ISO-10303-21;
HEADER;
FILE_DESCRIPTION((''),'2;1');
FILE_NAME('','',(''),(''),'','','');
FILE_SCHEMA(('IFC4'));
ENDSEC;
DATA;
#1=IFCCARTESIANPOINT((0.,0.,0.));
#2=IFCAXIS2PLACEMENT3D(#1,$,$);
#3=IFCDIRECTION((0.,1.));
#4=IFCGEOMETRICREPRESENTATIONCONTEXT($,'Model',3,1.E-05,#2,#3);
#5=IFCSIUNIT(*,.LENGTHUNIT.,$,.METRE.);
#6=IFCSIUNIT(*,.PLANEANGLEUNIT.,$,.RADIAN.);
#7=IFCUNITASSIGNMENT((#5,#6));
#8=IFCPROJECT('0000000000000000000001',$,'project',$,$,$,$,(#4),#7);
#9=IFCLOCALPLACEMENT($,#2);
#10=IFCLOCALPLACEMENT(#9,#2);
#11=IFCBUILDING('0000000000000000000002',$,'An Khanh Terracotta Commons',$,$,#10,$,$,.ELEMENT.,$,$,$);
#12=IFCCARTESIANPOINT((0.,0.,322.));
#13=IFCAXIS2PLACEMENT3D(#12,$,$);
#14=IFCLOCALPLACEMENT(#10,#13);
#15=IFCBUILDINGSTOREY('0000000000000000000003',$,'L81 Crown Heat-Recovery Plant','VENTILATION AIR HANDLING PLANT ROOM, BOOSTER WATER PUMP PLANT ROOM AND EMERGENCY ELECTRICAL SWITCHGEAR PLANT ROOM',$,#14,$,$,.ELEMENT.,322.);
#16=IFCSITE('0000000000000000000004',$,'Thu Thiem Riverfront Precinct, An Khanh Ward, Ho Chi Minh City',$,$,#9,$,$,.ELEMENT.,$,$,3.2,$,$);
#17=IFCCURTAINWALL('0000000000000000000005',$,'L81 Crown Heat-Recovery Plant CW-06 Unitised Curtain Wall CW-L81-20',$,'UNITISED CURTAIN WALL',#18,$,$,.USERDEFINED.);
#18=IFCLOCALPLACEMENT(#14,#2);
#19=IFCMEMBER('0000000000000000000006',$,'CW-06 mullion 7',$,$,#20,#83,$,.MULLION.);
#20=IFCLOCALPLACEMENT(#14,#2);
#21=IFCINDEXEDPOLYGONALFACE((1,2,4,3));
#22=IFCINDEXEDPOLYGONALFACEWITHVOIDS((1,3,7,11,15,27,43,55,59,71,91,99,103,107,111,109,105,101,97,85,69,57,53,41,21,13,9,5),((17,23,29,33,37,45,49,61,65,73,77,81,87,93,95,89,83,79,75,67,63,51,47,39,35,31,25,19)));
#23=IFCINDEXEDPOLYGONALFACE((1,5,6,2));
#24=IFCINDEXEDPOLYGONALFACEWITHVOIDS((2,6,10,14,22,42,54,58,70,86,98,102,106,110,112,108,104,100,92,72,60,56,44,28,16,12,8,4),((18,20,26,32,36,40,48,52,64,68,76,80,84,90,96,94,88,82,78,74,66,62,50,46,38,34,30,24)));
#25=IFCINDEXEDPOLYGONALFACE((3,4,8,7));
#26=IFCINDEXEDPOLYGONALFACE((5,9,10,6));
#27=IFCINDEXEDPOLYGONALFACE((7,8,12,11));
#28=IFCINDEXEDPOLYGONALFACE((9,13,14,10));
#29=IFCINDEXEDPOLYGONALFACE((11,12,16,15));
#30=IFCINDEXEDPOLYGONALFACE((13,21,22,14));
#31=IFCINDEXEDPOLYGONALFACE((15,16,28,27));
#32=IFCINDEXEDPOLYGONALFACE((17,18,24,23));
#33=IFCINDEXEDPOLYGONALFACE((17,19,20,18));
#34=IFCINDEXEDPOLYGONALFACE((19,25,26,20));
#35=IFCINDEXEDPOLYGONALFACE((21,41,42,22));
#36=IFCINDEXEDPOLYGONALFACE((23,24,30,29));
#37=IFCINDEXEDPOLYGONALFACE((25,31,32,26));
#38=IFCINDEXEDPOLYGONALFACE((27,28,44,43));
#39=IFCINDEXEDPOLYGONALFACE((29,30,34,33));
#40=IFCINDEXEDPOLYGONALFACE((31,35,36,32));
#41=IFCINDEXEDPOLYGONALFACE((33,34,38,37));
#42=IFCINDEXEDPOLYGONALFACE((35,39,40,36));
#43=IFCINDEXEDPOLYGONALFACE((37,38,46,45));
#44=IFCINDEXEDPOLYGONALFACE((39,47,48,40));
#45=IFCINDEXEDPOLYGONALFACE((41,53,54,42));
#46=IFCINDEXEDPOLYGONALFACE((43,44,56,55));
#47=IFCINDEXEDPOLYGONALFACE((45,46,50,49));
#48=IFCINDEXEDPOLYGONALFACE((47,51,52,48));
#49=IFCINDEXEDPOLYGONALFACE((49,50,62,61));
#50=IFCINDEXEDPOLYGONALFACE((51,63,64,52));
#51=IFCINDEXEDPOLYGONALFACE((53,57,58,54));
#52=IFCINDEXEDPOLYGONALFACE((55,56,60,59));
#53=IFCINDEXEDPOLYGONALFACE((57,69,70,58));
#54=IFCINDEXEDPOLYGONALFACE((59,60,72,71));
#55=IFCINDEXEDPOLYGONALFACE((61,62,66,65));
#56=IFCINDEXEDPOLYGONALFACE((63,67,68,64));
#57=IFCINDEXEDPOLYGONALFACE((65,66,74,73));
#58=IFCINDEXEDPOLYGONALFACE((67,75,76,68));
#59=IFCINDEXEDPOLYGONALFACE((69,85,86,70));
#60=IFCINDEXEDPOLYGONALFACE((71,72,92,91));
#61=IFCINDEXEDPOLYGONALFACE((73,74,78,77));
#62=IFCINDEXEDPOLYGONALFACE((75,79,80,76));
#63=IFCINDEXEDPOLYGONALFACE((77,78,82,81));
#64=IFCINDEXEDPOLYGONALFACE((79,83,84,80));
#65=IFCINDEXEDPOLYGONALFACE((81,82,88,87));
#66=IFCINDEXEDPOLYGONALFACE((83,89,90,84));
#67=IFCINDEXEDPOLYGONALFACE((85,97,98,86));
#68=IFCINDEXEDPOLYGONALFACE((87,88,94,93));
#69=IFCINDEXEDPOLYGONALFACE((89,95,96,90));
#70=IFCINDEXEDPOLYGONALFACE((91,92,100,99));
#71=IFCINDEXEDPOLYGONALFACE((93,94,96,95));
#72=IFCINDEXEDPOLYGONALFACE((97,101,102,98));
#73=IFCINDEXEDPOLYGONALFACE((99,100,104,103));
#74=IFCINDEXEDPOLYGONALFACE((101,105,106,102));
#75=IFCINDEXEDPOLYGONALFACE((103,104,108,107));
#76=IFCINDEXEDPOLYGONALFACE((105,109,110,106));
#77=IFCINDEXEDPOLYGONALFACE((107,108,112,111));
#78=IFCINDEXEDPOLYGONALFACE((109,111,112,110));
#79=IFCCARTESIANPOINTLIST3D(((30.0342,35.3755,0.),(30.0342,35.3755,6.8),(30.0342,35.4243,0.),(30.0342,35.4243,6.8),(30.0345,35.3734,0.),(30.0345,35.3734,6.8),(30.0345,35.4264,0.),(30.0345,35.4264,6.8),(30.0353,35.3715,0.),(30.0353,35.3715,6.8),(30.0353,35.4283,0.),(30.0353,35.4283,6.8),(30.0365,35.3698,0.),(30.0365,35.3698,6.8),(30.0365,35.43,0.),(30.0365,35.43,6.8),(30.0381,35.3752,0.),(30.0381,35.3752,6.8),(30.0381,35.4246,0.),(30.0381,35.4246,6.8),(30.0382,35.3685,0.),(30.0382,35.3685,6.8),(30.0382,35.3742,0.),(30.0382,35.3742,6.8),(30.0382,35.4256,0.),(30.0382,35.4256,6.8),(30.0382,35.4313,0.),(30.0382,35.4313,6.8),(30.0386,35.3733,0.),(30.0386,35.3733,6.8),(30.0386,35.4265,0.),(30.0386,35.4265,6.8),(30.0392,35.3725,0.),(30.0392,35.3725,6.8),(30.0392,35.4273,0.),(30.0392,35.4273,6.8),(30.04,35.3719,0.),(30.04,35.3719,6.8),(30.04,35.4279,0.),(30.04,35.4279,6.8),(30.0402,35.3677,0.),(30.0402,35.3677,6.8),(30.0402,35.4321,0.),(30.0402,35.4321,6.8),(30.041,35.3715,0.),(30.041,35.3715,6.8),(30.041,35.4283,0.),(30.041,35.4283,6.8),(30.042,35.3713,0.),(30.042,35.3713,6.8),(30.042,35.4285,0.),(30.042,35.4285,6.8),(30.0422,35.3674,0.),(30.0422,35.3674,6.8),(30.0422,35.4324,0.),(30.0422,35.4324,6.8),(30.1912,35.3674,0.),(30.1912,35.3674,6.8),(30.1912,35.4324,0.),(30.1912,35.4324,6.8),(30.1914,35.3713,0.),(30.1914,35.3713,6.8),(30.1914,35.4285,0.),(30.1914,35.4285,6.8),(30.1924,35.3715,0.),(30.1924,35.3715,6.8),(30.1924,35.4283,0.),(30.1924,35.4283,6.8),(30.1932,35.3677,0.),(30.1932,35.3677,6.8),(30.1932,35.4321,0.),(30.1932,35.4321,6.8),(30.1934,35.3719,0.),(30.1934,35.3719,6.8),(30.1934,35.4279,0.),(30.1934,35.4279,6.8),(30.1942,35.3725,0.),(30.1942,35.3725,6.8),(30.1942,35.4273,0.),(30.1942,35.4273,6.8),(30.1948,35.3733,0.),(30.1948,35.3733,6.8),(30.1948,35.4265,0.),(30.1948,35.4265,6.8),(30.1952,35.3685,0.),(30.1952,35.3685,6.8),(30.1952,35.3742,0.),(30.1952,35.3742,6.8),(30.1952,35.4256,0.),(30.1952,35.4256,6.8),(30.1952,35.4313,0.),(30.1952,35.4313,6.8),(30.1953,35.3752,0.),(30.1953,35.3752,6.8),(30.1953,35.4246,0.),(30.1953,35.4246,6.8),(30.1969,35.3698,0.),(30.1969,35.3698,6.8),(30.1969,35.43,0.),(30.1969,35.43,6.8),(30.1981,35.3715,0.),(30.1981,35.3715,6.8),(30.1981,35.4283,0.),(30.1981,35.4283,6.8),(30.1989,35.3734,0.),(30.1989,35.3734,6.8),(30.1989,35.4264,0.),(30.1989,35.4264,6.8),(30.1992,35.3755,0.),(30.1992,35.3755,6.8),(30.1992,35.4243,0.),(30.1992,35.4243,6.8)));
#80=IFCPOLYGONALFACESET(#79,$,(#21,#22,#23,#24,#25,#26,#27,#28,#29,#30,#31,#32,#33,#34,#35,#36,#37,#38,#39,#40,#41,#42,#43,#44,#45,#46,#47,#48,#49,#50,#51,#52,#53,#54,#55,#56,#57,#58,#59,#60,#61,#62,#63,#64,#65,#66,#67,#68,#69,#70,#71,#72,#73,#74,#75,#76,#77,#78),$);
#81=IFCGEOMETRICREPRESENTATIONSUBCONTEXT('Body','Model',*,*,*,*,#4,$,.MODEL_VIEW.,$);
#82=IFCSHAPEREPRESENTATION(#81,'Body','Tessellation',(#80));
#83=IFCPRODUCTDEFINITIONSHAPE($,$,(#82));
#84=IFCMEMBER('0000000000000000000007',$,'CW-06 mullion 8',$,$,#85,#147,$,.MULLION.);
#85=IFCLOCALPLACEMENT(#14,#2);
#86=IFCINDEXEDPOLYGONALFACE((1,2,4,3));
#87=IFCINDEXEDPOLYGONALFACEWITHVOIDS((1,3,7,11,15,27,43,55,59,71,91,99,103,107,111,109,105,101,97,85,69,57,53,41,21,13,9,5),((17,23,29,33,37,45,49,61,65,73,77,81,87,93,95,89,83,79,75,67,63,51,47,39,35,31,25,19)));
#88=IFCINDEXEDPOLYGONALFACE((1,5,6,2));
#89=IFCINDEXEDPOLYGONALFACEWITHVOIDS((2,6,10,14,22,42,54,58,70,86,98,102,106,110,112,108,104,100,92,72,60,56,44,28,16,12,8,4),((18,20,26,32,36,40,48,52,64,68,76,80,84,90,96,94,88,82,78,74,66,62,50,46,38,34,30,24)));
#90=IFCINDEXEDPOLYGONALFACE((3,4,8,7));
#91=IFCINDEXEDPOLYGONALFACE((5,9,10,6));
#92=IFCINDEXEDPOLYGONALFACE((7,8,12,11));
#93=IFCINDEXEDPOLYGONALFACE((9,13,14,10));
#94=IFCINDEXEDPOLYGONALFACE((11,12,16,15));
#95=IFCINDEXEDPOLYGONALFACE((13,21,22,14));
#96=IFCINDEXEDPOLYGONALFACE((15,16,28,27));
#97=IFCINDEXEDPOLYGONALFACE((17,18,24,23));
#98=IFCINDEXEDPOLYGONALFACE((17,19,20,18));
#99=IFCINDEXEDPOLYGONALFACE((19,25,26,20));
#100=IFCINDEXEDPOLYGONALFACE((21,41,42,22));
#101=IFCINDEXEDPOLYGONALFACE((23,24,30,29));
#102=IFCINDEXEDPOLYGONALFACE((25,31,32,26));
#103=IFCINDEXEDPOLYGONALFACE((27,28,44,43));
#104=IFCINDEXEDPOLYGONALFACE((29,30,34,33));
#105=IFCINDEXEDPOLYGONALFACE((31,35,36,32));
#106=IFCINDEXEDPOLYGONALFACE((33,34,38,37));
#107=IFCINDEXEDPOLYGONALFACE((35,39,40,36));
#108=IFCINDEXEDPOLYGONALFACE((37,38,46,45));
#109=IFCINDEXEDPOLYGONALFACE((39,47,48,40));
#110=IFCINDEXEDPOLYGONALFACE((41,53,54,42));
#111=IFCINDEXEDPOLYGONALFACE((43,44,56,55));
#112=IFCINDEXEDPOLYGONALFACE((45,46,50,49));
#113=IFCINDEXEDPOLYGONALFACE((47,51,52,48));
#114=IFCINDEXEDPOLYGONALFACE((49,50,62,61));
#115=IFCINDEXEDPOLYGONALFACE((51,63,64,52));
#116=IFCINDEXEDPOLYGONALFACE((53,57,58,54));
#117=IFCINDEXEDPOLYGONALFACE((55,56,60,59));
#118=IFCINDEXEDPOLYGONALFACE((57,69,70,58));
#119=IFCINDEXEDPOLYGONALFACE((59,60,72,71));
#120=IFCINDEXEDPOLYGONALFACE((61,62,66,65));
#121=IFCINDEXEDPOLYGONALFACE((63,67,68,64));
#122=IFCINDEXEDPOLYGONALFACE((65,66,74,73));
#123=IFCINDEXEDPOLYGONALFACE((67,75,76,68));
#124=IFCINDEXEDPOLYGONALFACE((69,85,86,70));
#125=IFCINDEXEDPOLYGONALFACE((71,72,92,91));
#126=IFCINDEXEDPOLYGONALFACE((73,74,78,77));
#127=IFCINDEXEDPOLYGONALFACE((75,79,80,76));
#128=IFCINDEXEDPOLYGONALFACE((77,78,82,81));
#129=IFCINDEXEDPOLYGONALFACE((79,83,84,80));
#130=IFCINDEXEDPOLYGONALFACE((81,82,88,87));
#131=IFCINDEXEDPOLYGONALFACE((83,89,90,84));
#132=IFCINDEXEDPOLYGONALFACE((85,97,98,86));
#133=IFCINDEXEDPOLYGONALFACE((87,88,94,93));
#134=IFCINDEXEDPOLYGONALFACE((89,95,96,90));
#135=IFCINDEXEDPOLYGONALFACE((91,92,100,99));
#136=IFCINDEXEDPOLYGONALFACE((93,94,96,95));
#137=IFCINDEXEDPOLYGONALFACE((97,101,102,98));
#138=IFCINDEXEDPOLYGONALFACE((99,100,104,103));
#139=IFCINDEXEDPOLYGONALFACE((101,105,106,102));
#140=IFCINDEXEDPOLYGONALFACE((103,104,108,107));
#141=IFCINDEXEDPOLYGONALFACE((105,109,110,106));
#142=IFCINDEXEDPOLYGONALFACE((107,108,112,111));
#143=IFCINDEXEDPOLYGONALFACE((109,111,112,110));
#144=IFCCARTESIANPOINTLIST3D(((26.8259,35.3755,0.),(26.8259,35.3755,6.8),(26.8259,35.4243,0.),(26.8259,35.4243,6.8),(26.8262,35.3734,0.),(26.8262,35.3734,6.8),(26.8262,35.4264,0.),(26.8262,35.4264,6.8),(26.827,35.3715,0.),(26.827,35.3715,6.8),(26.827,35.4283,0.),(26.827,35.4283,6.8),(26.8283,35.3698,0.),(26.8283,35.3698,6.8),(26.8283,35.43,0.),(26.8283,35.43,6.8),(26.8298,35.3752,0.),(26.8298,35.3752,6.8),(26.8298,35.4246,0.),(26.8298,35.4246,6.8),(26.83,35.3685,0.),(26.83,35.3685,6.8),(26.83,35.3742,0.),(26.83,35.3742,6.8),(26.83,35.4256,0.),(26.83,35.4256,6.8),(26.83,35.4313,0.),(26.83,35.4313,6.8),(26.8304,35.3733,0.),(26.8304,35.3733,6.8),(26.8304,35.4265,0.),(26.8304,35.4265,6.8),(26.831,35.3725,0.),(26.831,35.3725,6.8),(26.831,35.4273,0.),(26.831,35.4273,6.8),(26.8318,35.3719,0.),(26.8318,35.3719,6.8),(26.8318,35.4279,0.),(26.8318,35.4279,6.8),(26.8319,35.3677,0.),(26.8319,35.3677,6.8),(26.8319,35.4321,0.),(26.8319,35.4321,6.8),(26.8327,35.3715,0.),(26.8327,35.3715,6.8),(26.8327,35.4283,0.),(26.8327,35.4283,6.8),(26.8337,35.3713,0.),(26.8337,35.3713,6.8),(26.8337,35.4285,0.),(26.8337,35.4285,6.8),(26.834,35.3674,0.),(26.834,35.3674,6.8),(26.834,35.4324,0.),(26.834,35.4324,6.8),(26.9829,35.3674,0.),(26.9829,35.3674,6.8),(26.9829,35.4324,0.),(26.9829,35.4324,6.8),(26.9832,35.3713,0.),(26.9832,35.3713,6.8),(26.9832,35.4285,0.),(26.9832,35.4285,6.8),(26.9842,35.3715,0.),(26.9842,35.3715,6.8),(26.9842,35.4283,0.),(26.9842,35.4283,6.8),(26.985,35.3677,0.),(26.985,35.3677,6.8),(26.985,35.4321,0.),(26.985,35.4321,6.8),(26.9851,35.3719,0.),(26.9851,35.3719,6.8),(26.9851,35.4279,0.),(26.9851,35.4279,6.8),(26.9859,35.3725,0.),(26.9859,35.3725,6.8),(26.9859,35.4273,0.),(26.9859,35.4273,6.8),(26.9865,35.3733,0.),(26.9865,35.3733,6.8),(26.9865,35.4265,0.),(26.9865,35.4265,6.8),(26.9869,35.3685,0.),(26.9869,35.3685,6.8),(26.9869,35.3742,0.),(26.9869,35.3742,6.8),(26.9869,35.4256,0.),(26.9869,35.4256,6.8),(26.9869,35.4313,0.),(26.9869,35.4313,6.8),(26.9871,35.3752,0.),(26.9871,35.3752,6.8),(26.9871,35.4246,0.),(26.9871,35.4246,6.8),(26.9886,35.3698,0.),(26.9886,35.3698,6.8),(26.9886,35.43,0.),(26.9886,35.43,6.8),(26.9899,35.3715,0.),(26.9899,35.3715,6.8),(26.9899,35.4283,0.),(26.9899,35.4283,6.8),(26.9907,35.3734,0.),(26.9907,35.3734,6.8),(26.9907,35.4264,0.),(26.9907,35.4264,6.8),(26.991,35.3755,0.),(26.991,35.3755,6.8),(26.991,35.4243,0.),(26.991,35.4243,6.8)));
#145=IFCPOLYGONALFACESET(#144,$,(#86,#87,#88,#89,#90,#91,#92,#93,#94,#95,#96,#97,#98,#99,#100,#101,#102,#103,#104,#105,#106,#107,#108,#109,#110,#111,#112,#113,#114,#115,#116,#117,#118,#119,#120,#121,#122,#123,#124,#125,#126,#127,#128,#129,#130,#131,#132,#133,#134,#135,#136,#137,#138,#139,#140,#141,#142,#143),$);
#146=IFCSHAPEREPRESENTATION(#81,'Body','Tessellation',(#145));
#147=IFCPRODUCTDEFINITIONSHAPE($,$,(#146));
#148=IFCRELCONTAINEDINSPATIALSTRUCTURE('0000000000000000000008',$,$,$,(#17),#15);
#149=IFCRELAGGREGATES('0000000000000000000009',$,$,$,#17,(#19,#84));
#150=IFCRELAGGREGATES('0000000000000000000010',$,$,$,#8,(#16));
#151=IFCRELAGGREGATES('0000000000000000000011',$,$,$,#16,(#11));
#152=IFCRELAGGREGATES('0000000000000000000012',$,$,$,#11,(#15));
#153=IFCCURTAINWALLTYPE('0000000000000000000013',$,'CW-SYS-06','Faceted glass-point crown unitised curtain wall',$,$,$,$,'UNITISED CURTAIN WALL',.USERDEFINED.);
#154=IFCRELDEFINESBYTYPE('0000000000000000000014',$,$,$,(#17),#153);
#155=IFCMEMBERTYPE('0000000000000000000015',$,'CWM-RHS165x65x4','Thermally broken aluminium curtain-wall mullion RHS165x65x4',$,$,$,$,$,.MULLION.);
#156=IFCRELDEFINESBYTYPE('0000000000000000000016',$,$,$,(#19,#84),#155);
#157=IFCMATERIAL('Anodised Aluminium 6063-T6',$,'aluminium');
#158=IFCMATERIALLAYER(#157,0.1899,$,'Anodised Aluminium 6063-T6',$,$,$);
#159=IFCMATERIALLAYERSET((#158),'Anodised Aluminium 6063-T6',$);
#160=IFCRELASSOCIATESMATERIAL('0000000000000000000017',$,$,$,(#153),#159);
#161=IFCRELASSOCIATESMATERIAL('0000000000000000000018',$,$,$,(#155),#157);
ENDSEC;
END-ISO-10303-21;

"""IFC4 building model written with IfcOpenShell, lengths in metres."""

from ifc_helpers import new_model, si_unit, direction, frame, origin, origin_2d, place, context, subcontext, project, spatial, hollow_rectangle, extrude, material, layer, layer_set, material_profile, profile_set, type_object, element, aggregate, save


model = new_model("IFC4")

# Units and contexts
model_context = context("Model", 3, precision=1e-05, world=origin(), true_north=direction((0.0, 1.0)))
body_context = subcontext(model_context, "Body", "Model", "MODEL_VIEW")
ifc_project = project(units=[si_unit("LENGTHUNIT", "METRE"), si_unit("PLANEANGLEUNIT", "RADIAN")], contexts=[model_context])

# Site, building, storey
site_placement = place(None, origin())
site = spatial("IfcSite", under=ifc_project, at=site_placement, Name="Thu Thiem Riverfront Precinct, An Khanh Ward, Ho Chi Minh City", CompositionType="ELEMENT", RefElevation=3.2)
building_placement = place(site_placement, origin())
building = spatial("IfcBuilding", under=site, at=building_placement, Name="An Khanh Terracotta Commons", CompositionType="ELEMENT")
storey_placement = place(building_placement, frame((0.0, 0.0, 322.0)))
storey = spatial("IfcBuildingStorey", under=building, at=storey_placement, Name="L81 Crown Heat-Recovery Plant", Description="VENTILATION AIR HANDLING PLANT ROOM, BOOSTER WATER PUMP PLANT ROOM AND EMERGENCY ELECTRICAL SWITCHGEAR PLANT ROOM", CompositionType="ELEMENT", Elevation=322.0)

# Curtain wall, members
ifc_material_1 = material(Name="Anodised Aluminium 6063-T6", Category="aluminium")
ifc_layer_1 = layer(ifc_material_1, 0.1899, Name="Anodised Aluminium 6063-T6")
ifc_layer_set_1 = layer_set([ifc_layer_1], Name="Anodised Aluminium 6063-T6")
curtain_wall_type = type_object("IfcCurtainWallType", Name="CW-SYS-06", Description="Faceted glass-point crown unitised curtain wall", ElementType="UNITISED CURTAIN WALL", PredefinedType="USERDEFINED", material=ifc_layer_set_1)
curtain_wall_placement = place(storey_placement, origin())
curtain_wall = element("IfcCurtainWall", 1, at=curtain_wall_placement, inside=storey, type_object=curtain_wall_type, Name="L81 Crown Heat-Recovery Plant CW-06 Unitised Curtain Wall CW-L81-20", ObjectType="UNITISED CURTAIN WALL", PredefinedType="USERDEFINED")
ifc_material_profile_1 = material_profile(ifc_material_1, hollow_rectangle(XDim=0.0649, YDim=0.165, WallThickness=0.0039, InnerFilletRadius=0.0039, OuterFilletRadius=0.0081, at=origin_2d()), Name="RHS165x65x4")
ifc_profile_set_1 = profile_set([ifc_material_profile_1], Name="Anodised Aluminium 6063-T6")
member_type_1 = type_object("IfcMemberType", Name="CWM-RHS165x65x4", Description="Thermally broken aluminium curtain-wall mullion RHS165x65x4", PredefinedType="MULLION", material=ifc_profile_set_1)
member_1_placement = place(storey_placement, frame((30.1167, 35.3999, 0.0), z_axis=(0.0, 0.0, 1.0), x_axis=(0.0, -1.0, 0.0)))
member_1 = element("IfcMember", 2, at=member_1_placement, type_object=member_type_1, Name="CW-06 mullion 7", PredefinedType="MULLION", context=body_context, shape_type="SweptSolid", body=[
    extrude(hollow_rectangle(XDim=0.0649, YDim=0.165, WallThickness=0.0039, InnerFilletRadius=0.0039, OuterFilletRadius=0.0081, at=origin_2d()), origin(), (0.0, 0.0, 1.0), 6.8),
])
member_2_placement = place(storey_placement, frame((26.9084, 35.3999, 0.0), z_axis=(0.0, 0.0, 1.0), x_axis=(0.0, -1.0, 0.0)))
member_2 = element("IfcMember", 3, at=member_2_placement, type_object=member_type_1, Name="CW-06 mullion 8", PredefinedType="MULLION", context=body_context, shape_type="SweptSolid", body=[
    extrude(hollow_rectangle(XDim=0.0649, YDim=0.165, WallThickness=0.0039, InnerFilletRadius=0.0039, OuterFilletRadius=0.0081, at=origin_2d()), origin(), (0.0, 0.0, 1.0), 6.8),
])
aggregate(curtain_wall, [member_1, member_2])

save(model, "model.ifc")
